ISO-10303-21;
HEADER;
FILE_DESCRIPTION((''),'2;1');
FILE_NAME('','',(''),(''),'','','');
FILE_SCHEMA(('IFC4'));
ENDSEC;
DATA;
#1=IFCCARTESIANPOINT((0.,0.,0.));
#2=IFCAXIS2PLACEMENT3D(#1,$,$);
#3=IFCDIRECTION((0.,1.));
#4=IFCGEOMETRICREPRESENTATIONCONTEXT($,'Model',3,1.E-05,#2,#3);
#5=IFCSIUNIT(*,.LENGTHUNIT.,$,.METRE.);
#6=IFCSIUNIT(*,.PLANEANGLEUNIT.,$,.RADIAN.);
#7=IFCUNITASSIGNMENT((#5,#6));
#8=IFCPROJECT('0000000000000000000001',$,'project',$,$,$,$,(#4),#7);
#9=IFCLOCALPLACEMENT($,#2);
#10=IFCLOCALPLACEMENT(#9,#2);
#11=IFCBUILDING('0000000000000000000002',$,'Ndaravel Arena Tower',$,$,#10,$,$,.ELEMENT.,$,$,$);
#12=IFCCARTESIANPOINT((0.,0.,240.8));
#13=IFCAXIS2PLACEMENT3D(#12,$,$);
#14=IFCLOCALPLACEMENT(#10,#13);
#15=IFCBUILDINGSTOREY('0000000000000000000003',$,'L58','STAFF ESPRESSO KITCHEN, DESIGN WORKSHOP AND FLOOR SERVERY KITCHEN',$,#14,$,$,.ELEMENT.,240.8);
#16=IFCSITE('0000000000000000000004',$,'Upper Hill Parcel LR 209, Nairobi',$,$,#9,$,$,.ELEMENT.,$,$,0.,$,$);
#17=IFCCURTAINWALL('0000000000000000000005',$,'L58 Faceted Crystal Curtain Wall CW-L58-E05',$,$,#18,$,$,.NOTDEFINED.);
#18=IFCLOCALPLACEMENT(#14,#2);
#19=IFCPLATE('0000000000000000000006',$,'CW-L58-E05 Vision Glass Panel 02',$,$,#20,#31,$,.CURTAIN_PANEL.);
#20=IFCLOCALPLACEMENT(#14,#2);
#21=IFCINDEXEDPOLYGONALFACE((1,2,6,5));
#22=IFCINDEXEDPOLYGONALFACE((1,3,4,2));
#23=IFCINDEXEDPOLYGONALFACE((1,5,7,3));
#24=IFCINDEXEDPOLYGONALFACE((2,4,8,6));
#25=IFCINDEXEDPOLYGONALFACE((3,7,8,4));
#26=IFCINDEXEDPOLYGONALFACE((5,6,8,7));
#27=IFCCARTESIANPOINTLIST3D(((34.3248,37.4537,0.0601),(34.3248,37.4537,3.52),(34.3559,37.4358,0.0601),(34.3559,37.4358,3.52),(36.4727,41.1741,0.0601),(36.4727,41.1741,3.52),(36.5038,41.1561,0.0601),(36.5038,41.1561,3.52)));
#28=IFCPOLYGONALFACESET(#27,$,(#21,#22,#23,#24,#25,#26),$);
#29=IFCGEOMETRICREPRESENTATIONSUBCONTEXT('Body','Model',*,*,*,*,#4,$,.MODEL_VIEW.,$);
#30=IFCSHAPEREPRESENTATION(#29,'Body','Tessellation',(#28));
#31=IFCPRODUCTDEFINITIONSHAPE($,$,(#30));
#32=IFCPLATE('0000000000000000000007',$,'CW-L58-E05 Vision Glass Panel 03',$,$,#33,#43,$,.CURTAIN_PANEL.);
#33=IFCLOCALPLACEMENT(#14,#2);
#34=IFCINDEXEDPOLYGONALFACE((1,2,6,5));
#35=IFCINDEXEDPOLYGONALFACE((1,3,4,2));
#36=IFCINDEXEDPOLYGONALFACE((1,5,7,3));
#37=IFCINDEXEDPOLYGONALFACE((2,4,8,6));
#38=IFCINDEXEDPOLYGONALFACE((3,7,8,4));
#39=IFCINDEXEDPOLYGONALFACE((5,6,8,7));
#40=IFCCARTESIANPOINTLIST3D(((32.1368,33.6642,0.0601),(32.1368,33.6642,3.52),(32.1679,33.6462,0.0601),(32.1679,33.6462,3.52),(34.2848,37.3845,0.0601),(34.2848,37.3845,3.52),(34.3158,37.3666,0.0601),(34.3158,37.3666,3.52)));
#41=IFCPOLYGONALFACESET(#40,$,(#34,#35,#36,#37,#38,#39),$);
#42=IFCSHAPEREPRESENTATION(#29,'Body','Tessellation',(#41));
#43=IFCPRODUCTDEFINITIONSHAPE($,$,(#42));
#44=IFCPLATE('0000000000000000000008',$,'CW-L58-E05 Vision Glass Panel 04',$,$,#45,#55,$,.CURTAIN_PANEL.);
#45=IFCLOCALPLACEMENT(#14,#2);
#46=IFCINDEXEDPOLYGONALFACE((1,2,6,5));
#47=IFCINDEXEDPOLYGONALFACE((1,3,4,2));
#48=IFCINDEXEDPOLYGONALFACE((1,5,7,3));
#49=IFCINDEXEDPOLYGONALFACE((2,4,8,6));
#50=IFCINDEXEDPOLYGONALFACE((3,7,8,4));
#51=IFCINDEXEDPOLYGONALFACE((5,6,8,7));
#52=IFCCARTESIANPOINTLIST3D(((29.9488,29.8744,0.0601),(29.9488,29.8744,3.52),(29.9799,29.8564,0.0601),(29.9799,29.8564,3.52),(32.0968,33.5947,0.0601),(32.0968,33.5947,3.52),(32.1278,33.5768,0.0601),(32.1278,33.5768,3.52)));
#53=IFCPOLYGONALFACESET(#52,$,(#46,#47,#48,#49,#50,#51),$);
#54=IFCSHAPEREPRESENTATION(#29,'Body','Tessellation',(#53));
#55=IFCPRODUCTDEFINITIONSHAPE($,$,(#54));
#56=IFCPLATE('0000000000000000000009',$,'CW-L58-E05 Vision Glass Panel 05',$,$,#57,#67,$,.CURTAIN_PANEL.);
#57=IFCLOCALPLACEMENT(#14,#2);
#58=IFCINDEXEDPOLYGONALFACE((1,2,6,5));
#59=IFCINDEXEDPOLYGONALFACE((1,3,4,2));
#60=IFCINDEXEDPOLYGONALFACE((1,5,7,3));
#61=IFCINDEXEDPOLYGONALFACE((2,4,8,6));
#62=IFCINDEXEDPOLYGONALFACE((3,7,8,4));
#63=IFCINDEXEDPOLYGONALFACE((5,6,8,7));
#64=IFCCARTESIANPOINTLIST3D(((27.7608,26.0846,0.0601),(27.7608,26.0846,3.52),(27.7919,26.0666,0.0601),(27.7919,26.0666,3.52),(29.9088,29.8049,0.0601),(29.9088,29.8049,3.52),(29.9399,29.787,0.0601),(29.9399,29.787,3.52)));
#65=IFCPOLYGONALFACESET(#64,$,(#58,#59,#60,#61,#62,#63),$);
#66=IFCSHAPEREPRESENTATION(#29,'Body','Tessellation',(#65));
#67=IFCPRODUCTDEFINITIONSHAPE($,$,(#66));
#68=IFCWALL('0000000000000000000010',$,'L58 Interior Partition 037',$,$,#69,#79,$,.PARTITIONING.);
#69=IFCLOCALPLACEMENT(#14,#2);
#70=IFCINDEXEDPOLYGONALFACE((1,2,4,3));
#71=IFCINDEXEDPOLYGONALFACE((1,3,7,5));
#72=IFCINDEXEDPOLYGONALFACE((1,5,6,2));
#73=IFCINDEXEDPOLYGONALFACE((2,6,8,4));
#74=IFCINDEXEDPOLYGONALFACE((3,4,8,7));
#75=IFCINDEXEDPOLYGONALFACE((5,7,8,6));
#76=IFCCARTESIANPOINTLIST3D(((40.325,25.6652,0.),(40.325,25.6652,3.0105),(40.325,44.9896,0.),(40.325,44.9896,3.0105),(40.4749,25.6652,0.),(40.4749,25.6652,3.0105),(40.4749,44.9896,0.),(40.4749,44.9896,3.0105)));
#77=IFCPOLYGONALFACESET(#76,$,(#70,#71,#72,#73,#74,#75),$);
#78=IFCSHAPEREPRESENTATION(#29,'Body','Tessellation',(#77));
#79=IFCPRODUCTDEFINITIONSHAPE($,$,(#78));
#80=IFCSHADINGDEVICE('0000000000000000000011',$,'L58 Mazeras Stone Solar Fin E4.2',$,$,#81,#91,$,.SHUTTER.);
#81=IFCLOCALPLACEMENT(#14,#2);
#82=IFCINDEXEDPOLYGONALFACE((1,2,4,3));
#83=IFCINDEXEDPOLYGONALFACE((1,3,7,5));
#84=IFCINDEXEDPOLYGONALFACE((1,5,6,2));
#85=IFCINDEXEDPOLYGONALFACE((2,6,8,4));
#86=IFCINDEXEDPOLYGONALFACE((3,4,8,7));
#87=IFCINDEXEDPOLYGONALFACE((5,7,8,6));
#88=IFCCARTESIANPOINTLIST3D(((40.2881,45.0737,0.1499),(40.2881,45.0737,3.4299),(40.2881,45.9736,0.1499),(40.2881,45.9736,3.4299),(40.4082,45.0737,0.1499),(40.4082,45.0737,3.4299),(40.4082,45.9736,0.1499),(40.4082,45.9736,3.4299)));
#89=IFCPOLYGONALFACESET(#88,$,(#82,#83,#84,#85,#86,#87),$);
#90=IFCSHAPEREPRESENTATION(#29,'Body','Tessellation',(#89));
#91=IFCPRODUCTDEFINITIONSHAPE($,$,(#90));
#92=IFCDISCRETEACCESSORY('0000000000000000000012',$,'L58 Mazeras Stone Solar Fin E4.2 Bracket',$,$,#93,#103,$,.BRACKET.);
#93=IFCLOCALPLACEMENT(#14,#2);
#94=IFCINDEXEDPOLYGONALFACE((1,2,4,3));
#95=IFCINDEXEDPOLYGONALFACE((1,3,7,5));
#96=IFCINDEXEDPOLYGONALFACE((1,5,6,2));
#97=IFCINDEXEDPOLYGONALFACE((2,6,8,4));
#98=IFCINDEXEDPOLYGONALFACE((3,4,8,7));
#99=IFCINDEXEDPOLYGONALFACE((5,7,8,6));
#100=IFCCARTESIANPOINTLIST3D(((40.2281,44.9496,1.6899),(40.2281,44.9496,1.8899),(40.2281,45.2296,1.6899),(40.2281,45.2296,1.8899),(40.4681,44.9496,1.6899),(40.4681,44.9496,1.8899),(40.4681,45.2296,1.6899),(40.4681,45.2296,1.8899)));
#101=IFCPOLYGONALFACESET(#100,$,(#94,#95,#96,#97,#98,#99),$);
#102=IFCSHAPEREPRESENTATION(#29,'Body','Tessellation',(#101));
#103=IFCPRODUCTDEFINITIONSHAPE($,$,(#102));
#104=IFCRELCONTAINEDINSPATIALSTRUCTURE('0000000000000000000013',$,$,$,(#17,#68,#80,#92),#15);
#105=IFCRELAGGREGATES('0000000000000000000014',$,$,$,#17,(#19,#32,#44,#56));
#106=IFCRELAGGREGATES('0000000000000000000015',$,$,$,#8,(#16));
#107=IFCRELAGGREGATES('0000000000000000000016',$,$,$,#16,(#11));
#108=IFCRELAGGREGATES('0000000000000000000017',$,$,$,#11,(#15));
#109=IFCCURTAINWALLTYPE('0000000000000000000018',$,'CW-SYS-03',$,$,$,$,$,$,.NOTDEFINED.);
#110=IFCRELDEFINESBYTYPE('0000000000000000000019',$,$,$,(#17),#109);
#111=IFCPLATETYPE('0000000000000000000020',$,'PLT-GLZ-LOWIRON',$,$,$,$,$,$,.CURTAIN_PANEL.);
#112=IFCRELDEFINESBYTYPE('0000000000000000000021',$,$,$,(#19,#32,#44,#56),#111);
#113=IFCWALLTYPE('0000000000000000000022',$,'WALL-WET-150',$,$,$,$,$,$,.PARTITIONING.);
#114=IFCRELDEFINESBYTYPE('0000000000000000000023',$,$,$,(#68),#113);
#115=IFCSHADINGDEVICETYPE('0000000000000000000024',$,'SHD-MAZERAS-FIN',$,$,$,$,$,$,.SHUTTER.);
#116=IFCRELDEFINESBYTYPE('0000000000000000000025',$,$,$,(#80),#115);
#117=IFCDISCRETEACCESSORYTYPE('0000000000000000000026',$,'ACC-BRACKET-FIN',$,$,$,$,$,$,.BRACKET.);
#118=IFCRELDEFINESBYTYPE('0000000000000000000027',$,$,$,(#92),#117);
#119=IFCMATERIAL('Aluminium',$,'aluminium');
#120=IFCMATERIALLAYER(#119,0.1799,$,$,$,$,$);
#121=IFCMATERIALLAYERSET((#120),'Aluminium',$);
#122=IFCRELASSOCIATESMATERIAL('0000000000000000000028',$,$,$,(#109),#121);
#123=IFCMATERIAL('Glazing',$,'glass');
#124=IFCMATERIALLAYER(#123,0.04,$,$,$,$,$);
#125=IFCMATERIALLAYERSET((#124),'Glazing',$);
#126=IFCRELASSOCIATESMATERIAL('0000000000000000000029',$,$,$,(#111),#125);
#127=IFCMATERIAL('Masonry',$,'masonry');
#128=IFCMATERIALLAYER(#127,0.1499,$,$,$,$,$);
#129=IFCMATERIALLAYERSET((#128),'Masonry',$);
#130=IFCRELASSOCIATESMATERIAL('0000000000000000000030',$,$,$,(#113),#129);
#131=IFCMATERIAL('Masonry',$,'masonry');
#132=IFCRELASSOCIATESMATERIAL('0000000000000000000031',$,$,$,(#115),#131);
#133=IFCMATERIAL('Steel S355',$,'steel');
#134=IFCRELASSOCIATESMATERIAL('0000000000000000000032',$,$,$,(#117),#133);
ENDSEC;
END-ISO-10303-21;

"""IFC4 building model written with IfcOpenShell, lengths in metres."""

from ifc_helpers import new_model, si_unit, direction, frame, frame_2d, origin, origin_2d, place, context, subcontext, project, spatial, rectangle, extrude, material, layer, layer_set, type_object, element, aggregate, save


model = new_model("IFC4")

# Units and contexts
model_context = context("Model", 3, precision=1e-05, world=origin(), true_north=direction((0.0, 1.0)))
body_context = subcontext(model_context, "Body", "Model", "MODEL_VIEW")
ifc_project = project(units=[si_unit("LENGTHUNIT", "METRE"), si_unit("PLANEANGLEUNIT", "RADIAN")], contexts=[model_context])

# Site, building, storey
site_placement = place(None, origin())
site = spatial("IfcSite", under=ifc_project, at=site_placement, Name="Upper Hill Parcel LR 209, Nairobi", CompositionType="ELEMENT", RefElevation=0.0)
building_placement = place(site_placement, origin())
building = spatial("IfcBuilding", under=site, at=building_placement, Name="Ndaravel Arena Tower", CompositionType="ELEMENT")
storey_placement = place(building_placement, frame((0.0, 0.0, 240.8)))
storey = spatial("IfcBuildingStorey", under=building, at=storey_placement, Name="L58", Description="STAFF ESPRESSO KITCHEN, DESIGN WORKSHOP AND FLOOR SERVERY KITCHEN", CompositionType="ELEMENT", Elevation=240.8)

# Curtain wall
ifc_material_1 = material(Name="Aluminium", Category="aluminium")
ifc_layer_1 = layer(ifc_material_1, 0.1799)
ifc_layer_set_1 = layer_set([ifc_layer_1], Name="Aluminium")
curtain_wall_type_1 = type_object("IfcCurtainWallType", Name="CW-SYS-03", PredefinedType="NOTDEFINED", material=ifc_layer_set_1)
curtain_wall_1_placement = place(storey_placement, origin())
curtain_wall_1 = element("IfcCurtainWall", 1, at=curtain_wall_1_placement, inside=storey, type_object=curtain_wall_type_1, Name="L58 Faceted Crystal Curtain Wall CW-L58-E05", PredefinedType="NOTDEFINED")

# Plates
ifc_material_2 = material(Name="Glazing", Category="glass")
ifc_layer_2 = layer(ifc_material_2, 0.04)
ifc_layer_set_2 = layer_set([ifc_layer_2], Name="Glazing")
plate_type_1 = type_object("IfcPlateType", Name="PLT-GLZ-LOWIRON", PredefinedType="CURTAIN_PANEL", material=ifc_layer_set_2)
plate_1_placement = place(storey_placement, frame((35.4143, 39.3049, 0.0601), z_axis=(0.0, 0.0, 1.0), x_axis=(-0.5, -0.866025, 0.0)))
plate_1 = element("IfcPlate", 2, at=plate_1_placement, type_object=plate_type_1, Name="CW-L58-E05 Vision Glass Panel 02", PredefinedType="CURTAIN_PANEL", context=body_context, shape_type="SweptSolid", body=[
    extrude(rectangle(XDim=4.2959, YDim=0.0359, at=origin_2d()), origin(), (0.0, 0.0, 1.0), 3.46),
])
plate_2_placement = place(storey_placement, frame((33.2263, 35.5154, 0.0601), z_axis=(0.0, 0.0, 1.0), x_axis=(-0.5, -0.866025, 0.0)))
plate_2 = element("IfcPlate", 3, at=plate_2_placement, type_object=plate_type_1, Name="CW-L58-E05 Vision Glass Panel 03", PredefinedType="CURTAIN_PANEL", context=body_context, shape_type="SweptSolid", body=[
    extrude(rectangle(XDim=4.2959, YDim=0.0359, at=origin_2d()), origin(), (0.0, 0.0, 1.0), 3.46),
])
plate_3_placement = place(storey_placement, frame((31.0383, 31.7256, 0.0601), z_axis=(0.0, 0.0, 1.0), x_axis=(-0.5, -0.866025, 0.0)))
plate_3 = element("IfcPlate", 4, at=plate_3_placement, type_object=plate_type_1, Name="CW-L58-E05 Vision Glass Panel 04", PredefinedType="CURTAIN_PANEL", context=body_context, shape_type="SweptSolid", body=[
    extrude(rectangle(XDim=4.2959, YDim=0.0359, at=origin_2d()), origin(), (0.0, 0.0, 1.0), 3.46),
])
plate_4_placement = place(storey_placement, frame((28.8503, 27.9358, 0.0601), z_axis=(0.0, 0.0, 1.0), x_axis=(-0.5, -0.866025, 0.0)))
plate_4 = element("IfcPlate", 5, at=plate_4_placement, type_object=plate_type_1, Name="CW-L58-E05 Vision Glass Panel 05", PredefinedType="CURTAIN_PANEL", context=body_context, shape_type="SweptSolid", body=[
    extrude(rectangle(XDim=4.2959, YDim=0.0359, at=origin_2d()), origin(), (0.0, 0.0, 1.0), 3.46),
])
aggregate(curtain_wall_1, [plate_1, plate_2, plate_3, plate_4])

# Wall
ifc_material_3 = material(Name="Masonry", Category="masonry")
ifc_layer_3 = layer(ifc_material_3, 0.1499)
ifc_layer_set_3 = layer_set([ifc_layer_3], Name="Masonry")
wall_type = type_object("IfcWallType", Name="WALL-WET-150", PredefinedType="PARTITIONING", material=ifc_layer_set_3)
wall_placement = place(storey_placement, frame((40.3999, 44.9895, 0.0), z_axis=(0.0, 0.0, 1.0), x_axis=(0.0, -1.0, 0.0)))
element("IfcWall", 6, at=wall_placement, inside=storey, type_object=wall_type, Name="L58 Interior Partition 037", PredefinedType="PARTITIONING", context=body_context, shape_type="SweptSolid", body=[
    extrude(rectangle(XDim=19.3245, YDim=0.1499, at=frame_2d((9.6621, 0.0))), origin(), (0.0, 0.0, 1.0), 3.0105),
])

# Shading device
ifc_material_4 = material(Name="Masonry", Category="masonry")
shading_device_type = type_object("IfcShadingDeviceType", Name="SHD-MAZERAS-FIN", PredefinedType="SHUTTER", material=ifc_material_4)
shading_device_placement = place(storey_placement, frame((40.3481, 45.5237, 0.1499), z_axis=(0.0, 0.0, 1.0), x_axis=(0.0, 1.0, 0.0)))
element("IfcShadingDevice", 7, at=shading_device_placement, inside=storey, type_object=shading_device_type, Name="L58 Mazeras Stone Solar Fin E4.2", PredefinedType="SHUTTER", context=body_context, shape_type="SweptSolid", body=[
    extrude(rectangle(XDim=0.8999, YDim=0.1201, at=origin_2d()), origin(), (0.0, 0.0, 1.0), 3.28),
])

# Discrete accessory
ifc_material_5 = material(Name="Steel S355", Category="steel")
discrete_accessory_type = type_object("IfcDiscreteAccessoryType", Name="ACC-BRACKET-FIN", PredefinedType="BRACKET", material=ifc_material_5)
discrete_accessory_placement = place(storey_placement, frame((40.3481, 45.0896, 1.6899), z_axis=(0.0, 0.0, 1.0), x_axis=(0.0, 1.0, 0.0)))
element("IfcDiscreteAccessory", 8, at=discrete_accessory_placement, inside=storey, type_object=discrete_accessory_type, Name="L58 Mazeras Stone Solar Fin E4.2 Bracket", PredefinedType="BRACKET", context=body_context, shape_type="SweptSolid", body=[
    extrude(rectangle(XDim=0.28, YDim=0.24, at=origin_2d()), origin(), (0.0, 0.0, 1.0), 0.2),
])

save(model, "model.ifc")
